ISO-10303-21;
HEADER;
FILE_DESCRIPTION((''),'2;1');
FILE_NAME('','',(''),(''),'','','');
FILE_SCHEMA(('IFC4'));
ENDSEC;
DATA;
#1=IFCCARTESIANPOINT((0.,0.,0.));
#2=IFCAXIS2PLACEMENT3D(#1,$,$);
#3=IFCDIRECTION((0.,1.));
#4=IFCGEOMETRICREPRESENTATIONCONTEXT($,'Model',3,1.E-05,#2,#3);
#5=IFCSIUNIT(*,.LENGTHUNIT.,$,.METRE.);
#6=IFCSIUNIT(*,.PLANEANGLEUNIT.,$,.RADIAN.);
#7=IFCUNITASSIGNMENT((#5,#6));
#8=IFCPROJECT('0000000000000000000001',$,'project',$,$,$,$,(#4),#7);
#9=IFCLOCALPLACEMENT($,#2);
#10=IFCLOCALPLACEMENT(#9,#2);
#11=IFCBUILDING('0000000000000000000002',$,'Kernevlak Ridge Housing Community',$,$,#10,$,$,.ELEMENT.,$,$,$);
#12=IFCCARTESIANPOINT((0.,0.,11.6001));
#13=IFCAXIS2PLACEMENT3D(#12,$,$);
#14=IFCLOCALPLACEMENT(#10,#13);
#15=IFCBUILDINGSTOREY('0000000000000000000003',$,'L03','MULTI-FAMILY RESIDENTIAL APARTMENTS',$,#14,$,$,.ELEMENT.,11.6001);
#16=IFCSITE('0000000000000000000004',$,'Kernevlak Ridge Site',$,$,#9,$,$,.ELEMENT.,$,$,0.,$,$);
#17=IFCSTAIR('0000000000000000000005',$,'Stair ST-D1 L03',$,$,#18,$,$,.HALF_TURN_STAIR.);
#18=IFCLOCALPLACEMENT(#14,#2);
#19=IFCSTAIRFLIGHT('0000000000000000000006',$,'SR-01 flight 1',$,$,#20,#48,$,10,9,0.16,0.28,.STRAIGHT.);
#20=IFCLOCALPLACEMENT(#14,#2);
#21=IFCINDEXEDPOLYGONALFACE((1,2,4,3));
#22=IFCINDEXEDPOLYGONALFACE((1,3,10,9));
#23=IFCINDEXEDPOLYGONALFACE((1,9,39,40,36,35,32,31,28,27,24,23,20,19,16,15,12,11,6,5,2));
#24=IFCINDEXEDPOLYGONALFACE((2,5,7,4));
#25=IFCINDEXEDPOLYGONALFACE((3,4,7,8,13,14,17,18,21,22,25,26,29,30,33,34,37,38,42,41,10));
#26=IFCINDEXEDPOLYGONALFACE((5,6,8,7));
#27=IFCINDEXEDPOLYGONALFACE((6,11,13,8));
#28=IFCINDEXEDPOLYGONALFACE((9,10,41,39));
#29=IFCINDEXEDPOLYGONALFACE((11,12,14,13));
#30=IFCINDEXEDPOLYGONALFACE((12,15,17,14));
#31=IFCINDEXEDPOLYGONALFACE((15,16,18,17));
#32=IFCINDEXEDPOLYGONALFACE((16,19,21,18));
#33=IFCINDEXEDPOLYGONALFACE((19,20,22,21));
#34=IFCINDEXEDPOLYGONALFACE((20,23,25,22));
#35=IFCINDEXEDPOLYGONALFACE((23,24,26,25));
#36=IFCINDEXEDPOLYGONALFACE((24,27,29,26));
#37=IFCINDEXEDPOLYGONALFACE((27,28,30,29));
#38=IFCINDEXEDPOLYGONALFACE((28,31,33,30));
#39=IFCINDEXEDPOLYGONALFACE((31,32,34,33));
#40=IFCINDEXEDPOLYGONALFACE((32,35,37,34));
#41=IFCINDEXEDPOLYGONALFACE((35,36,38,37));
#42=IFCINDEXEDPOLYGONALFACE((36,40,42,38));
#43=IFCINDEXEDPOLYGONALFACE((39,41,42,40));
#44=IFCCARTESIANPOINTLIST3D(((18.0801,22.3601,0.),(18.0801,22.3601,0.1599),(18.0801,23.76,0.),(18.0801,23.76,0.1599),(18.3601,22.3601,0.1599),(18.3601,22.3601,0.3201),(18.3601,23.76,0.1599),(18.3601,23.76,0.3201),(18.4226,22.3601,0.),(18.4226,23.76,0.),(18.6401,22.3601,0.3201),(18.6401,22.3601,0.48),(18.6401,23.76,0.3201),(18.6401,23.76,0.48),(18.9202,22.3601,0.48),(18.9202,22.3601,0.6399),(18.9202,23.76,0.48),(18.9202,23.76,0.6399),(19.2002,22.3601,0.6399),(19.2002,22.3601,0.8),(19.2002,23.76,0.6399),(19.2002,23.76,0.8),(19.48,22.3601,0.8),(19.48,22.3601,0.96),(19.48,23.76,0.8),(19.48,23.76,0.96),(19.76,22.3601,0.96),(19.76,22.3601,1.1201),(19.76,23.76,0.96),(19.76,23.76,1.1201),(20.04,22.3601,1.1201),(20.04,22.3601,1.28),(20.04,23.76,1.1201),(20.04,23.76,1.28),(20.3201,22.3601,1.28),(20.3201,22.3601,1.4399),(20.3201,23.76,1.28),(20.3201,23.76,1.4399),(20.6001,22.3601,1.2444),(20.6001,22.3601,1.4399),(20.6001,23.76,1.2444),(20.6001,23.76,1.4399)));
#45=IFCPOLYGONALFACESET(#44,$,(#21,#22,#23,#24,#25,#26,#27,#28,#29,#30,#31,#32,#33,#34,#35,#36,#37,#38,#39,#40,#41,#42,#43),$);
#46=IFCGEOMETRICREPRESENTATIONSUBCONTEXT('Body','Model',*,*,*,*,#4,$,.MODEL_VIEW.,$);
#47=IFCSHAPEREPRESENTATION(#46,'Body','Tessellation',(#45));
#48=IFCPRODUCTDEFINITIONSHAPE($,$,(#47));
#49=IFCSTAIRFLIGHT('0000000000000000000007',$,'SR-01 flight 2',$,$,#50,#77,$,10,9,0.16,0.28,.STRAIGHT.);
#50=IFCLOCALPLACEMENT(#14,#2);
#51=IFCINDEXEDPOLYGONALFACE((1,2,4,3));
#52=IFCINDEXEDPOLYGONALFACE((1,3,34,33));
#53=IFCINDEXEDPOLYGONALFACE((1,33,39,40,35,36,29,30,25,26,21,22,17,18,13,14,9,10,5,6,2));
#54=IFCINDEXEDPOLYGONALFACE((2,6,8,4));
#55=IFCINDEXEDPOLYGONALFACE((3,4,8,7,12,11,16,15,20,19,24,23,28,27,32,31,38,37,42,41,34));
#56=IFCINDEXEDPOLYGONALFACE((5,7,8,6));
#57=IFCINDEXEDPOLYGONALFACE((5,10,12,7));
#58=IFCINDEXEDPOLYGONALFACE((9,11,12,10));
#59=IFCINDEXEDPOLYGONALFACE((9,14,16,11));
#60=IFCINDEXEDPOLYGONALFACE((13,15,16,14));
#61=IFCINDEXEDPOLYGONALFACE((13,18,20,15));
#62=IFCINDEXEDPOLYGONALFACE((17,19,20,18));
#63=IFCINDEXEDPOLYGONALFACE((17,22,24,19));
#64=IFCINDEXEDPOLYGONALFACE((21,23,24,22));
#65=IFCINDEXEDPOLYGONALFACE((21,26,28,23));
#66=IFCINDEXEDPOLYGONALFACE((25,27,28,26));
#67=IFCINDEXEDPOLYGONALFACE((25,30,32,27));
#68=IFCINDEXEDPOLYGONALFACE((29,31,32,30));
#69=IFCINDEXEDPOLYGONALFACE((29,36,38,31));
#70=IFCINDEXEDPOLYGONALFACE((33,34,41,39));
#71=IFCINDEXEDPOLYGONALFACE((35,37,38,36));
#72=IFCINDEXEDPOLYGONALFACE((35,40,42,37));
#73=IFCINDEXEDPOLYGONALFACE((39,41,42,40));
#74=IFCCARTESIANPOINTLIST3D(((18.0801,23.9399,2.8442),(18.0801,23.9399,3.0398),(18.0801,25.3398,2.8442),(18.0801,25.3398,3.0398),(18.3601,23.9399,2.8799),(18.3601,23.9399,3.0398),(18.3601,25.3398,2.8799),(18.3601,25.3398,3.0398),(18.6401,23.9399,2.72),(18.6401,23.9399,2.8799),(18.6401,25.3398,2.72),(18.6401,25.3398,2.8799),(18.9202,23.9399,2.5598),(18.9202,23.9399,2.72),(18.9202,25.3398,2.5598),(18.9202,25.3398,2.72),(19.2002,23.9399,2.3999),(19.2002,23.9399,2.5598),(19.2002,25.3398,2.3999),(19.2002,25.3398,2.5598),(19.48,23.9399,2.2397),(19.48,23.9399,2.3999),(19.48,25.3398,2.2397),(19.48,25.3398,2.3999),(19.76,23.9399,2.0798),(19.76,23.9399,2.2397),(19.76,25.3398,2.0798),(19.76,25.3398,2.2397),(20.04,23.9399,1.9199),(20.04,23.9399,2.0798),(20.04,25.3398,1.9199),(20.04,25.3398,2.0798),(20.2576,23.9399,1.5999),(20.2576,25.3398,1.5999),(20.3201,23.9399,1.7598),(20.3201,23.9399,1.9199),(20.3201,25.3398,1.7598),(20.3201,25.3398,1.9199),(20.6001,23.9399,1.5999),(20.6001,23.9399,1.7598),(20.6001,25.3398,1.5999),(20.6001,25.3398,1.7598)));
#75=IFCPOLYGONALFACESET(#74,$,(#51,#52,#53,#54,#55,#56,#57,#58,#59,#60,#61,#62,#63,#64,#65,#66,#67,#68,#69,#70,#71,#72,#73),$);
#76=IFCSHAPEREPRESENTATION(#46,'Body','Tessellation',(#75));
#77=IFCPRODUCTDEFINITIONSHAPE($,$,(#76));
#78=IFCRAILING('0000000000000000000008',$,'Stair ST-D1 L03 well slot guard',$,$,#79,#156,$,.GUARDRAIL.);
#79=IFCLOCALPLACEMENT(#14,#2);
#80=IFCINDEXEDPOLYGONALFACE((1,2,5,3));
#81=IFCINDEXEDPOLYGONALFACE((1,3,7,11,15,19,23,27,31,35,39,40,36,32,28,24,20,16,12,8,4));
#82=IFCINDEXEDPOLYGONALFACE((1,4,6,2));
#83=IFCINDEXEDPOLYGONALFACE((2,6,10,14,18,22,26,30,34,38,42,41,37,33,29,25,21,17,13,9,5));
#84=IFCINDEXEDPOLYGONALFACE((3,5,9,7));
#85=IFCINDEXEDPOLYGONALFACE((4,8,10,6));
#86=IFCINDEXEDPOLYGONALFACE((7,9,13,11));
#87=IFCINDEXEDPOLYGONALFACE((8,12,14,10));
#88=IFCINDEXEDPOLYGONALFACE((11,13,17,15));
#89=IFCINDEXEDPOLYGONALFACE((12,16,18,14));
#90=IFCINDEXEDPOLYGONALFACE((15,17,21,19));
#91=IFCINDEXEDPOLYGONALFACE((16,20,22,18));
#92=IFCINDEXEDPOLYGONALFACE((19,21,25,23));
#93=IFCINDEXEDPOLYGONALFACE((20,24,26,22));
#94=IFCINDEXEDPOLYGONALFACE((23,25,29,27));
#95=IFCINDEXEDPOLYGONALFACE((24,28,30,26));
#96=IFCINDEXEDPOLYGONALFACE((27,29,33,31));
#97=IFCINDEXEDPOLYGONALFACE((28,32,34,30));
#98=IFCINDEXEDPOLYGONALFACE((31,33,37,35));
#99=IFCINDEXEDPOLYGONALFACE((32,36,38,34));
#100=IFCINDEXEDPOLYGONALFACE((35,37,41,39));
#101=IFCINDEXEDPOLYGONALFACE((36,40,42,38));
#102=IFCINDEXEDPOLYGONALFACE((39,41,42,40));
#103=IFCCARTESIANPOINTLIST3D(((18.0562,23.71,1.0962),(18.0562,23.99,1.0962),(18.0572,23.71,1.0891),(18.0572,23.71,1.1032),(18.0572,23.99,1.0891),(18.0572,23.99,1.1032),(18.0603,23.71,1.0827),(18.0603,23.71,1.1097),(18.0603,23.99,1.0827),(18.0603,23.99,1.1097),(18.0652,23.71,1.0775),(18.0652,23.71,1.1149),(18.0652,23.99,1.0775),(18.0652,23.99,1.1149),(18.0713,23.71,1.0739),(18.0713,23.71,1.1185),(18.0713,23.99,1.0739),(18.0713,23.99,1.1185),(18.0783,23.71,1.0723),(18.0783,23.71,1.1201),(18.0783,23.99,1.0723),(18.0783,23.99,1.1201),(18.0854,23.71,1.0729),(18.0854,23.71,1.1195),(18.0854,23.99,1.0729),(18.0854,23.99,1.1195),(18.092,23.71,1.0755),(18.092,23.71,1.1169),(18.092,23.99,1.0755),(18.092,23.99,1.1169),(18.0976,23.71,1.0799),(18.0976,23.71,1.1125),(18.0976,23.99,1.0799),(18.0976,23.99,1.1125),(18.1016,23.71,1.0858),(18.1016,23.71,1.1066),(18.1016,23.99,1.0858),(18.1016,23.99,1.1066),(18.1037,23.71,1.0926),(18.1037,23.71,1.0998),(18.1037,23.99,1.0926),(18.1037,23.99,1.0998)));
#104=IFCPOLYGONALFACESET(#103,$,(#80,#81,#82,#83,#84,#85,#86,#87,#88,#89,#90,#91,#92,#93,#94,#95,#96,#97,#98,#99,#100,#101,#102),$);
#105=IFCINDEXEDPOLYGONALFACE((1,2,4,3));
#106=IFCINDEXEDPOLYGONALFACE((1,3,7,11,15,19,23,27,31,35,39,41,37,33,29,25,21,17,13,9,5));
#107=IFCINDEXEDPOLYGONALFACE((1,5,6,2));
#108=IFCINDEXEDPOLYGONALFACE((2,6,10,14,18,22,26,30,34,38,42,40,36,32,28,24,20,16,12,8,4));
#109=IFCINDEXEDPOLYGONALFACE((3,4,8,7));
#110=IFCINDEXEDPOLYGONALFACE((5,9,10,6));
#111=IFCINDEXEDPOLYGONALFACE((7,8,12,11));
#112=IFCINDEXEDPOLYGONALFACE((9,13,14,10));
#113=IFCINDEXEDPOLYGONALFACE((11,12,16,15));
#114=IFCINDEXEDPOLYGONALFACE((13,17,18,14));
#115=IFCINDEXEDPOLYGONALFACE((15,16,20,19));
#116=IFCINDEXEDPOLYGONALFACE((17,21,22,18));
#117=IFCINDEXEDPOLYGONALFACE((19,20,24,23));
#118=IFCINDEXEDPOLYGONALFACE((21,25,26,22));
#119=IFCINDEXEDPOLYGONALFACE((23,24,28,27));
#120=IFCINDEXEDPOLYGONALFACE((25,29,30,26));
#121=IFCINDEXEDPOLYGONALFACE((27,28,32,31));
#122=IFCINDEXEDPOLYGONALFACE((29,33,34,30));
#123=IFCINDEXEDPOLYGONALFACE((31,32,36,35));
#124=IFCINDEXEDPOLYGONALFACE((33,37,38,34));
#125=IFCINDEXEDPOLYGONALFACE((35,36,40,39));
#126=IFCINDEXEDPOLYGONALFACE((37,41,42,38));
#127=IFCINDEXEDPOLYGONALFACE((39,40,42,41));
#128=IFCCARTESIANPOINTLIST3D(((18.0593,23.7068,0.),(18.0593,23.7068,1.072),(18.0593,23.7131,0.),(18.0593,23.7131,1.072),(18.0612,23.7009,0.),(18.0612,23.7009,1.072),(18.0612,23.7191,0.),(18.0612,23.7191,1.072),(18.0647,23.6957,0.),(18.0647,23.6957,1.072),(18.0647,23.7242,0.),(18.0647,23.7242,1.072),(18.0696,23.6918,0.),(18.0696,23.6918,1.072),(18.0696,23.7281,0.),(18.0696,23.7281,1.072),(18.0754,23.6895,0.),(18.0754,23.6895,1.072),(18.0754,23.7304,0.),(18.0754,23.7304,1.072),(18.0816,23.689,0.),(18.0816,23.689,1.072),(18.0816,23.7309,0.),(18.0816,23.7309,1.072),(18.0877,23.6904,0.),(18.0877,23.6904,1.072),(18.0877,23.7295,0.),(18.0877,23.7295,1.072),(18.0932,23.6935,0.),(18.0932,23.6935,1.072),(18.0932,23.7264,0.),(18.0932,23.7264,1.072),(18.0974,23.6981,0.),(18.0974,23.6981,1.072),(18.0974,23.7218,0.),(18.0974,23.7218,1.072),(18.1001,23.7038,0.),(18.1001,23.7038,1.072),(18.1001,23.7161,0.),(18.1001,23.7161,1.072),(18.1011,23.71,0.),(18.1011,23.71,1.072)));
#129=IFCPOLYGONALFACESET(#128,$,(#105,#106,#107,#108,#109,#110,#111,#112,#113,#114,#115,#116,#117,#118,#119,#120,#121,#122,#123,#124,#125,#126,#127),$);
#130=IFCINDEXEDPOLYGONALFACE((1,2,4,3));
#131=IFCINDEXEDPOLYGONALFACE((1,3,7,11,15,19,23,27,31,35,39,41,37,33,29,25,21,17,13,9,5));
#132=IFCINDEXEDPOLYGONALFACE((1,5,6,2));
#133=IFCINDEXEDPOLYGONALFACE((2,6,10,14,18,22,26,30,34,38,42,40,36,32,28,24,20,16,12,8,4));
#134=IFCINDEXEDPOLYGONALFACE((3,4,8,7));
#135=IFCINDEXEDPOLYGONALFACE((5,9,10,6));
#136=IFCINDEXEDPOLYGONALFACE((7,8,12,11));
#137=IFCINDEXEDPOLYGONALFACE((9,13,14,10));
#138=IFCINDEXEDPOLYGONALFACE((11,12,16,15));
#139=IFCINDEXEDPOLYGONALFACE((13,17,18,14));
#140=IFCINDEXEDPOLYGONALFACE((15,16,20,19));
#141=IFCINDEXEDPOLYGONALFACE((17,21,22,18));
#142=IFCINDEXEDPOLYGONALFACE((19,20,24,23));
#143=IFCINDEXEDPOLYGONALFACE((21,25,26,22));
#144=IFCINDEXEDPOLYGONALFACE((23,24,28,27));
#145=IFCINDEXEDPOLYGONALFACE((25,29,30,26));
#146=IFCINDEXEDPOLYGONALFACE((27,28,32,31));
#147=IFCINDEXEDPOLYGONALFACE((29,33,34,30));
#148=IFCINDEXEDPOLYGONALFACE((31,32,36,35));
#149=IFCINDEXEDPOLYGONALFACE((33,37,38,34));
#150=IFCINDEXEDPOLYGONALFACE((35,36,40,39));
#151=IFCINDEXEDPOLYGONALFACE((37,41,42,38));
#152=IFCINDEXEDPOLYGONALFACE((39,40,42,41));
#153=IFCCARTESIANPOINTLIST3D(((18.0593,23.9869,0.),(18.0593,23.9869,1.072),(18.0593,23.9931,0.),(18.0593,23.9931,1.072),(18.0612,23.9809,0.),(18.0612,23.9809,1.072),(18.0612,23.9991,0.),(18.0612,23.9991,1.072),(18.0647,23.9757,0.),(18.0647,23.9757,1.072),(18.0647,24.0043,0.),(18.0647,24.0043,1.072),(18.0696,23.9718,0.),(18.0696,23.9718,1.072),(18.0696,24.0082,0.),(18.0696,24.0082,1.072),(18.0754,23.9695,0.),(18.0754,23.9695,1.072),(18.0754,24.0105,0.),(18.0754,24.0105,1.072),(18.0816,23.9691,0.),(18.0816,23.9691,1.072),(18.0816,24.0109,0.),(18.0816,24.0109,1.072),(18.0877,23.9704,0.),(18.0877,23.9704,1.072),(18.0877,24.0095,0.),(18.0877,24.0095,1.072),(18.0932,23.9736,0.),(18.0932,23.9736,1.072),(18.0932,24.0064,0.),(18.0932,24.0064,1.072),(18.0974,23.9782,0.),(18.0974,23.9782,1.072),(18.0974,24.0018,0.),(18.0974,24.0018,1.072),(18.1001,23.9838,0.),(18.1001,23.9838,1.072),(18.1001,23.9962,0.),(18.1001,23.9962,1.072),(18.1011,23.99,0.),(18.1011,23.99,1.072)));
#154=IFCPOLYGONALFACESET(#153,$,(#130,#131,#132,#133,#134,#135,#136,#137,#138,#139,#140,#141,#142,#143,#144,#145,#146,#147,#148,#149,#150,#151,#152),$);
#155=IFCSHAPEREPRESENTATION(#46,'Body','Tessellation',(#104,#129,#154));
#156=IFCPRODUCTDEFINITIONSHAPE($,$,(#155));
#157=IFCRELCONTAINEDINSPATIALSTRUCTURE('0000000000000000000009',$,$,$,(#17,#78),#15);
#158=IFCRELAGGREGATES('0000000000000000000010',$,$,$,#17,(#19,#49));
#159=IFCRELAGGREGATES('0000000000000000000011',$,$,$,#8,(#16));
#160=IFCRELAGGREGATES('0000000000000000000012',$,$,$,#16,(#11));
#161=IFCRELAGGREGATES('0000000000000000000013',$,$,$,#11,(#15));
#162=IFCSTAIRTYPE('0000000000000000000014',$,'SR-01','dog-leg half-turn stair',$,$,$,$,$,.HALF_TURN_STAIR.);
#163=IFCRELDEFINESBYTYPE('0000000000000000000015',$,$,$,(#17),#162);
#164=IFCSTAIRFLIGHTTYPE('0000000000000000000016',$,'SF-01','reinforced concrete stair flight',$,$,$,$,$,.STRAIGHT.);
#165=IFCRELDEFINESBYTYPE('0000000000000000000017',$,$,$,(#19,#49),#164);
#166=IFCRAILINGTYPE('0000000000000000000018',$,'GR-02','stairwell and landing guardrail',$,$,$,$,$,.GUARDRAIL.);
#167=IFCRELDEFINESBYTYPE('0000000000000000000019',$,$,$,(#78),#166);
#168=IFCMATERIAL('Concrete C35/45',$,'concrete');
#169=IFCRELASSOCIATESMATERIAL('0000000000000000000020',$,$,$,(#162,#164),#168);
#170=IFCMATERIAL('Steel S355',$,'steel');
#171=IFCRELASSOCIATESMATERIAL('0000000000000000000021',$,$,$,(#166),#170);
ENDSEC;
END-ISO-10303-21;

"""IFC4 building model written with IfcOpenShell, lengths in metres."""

from ifc_helpers import new_model, si_unit, direction, frame, origin, origin_2d, place, context, subcontext, project, spatial, polyline, circle, outline, extrude, material, type_object, element, aggregate, save


model = new_model("IFC4")

# Units and contexts
model_context = context("Model", 3, precision=1e-05, world=origin(), true_north=direction((0.0, 1.0)))
body_context = subcontext(model_context, "Body", "Model", "MODEL_VIEW")
ifc_project = project(units=[si_unit("LENGTHUNIT", "METRE"), si_unit("PLANEANGLEUNIT", "RADIAN")], contexts=[model_context])

# Site, building, storey
site_placement = place(None, origin())
site = spatial("IfcSite", under=ifc_project, at=site_placement, Name="Kernevlak Ridge Site", CompositionType="ELEMENT", RefElevation=0.0)
building_placement = place(site_placement, origin())
building = spatial("IfcBuilding", under=site, at=building_placement, Name="Kernevlak Ridge Housing Community", CompositionType="ELEMENT")
storey_placement = place(building_placement, frame((0.0, 0.0, 11.6001)))
storey = spatial("IfcBuildingStorey", under=building, at=storey_placement, Name="L03", Description="MULTI-FAMILY RESIDENTIAL APARTMENTS", CompositionType="ELEMENT", Elevation=11.6001)

# Shared definitions
ifc_material_1 = material(Name="Concrete C35/45", Category="concrete")

# Stair, stair flights
stair_type = type_object("IfcStairType", Name="SR-01", Description="dog-leg half-turn stair", PredefinedType="HALF_TURN_STAIR", material=ifc_material_1)
stair_placement = place(storey_placement, origin())
stair = element("IfcStair", 1, at=stair_placement, inside=storey, type_object=stair_type, Name="Stair ST-D1 L03", PredefinedType="HALF_TURN_STAIR")
stair_flight_type = type_object("IfcStairFlightType", Name="SF-01", Description="reinforced concrete stair flight", PredefinedType="STRAIGHT", material=ifc_material_1)
stair_flight_1_placement = place(storey_placement, frame((18.0801, 23.0601, 0.0), z_axis=(0.0, 0.0, 1.0), x_axis=(1.0, 0.0, 0.0)))
stair_flight_1 = element("IfcStairFlight", 2, at=stair_flight_1_placement, type_object=stair_flight_type, Name="SR-01 flight 1", NumberOfRisers=10, NumberOfTreads=9, PredefinedType="STRAIGHT", RiserHeight=0.16, TreadLength=0.28, context=body_context, shape_type="SweptSolid", body=[
    extrude(outline(polyline([(0.0, 0.0), (0.0, 0.1599), (0.28, 0.1599), (0.28, 0.3201), (0.5601, 0.3201), (0.5601, 0.48), (0.8401, 0.48), (0.8401, 0.6399), (1.1201, 0.6399), (1.1201, 0.8), (1.3999, 0.8), (1.3999, 0.96), (1.6799, 0.96), (1.6799, 1.1201), (1.96, 1.1201), (1.96, 1.28), (2.24, 1.28), (2.24, 1.4399), (2.52, 1.4399), (2.52, 1.6001), (2.52, 1.2444), (0.3425, 0.0), (0.0, 0.0)])), frame((0.0, 0.7, 0.0), z_axis=(0.0, -1.0, 0.0), x_axis=(1.0, 0.0, 0.0)), (0.0, 0.0, 1.0), 1.3999),
])
stair_flight_2_placement = place(storey_placement, frame((20.6001, 24.6399, 1.5999), z_axis=(0.0, 0.0, 1.0), x_axis=(-1.0, 0.0, 0.0)))
stair_flight_2 = element("IfcStairFlight", 3, at=stair_flight_2_placement, type_object=stair_flight_type, Name="SR-01 flight 2", NumberOfRisers=10, NumberOfTreads=9, PredefinedType="STRAIGHT", RiserHeight=0.16, TreadLength=0.28, context=body_context, shape_type="SweptSolid", body=[
    extrude(outline(polyline([(0.0, 0.0), (0.0, 0.1599), (0.28, 0.1599), (0.28, 0.3201), (0.5601, 0.3201), (0.5601, 0.48), (0.8401, 0.48), (0.8401, 0.6399), (1.1201, 0.6399), (1.1201, 0.8), (1.3999, 0.8), (1.3999, 0.96), (1.6799, 0.96), (1.6799, 1.1201), (1.96, 1.1201), (1.96, 1.28), (2.24, 1.28), (2.24, 1.4399), (2.52, 1.4399), (2.52, 1.6001), (2.52, 1.2444), (0.3425, 0.0), (0.0, 0.0)])), frame((0.0, 0.7, 0.0), z_axis=(0.0, -1.0, 0.0), x_axis=(1.0, 0.0, 0.0)), (0.0, 0.0, 1.0), 1.3999),
])
aggregate(stair, [stair_flight_1, stair_flight_2])

# Railing
ifc_material_2 = material(Name="Steel S355", Category="steel")
railing_type_1 = type_object("IfcRailingType", Name="GR-02", Description="stairwell and landing guardrail", PredefinedType="GUARDRAIL", material=ifc_material_2)
railing_1_placement = place(storey_placement, frame((18.0801, 23.71, 0.0)))
element("IfcRailing", 4, at=railing_1_placement, inside=storey, type_object=railing_type_1, Name="Stair ST-D1 L03 well slot guard", PredefinedType="GUARDRAIL", context=body_context, shape_type="SweptSolid", body=[
    extrude(circle(Radius=0.0239, at=origin_2d()), frame((0.0, 0.0, 1.0962), z_axis=(0.0, 1.0, 0.0), x_axis=(-1.0, 0.0, 0.0)), (0.0, 0.0, 1.0), 0.28),
    extrude(circle(Radius=0.021, at=origin_2d()), origin(), (0.0, 0.0, 1.0), 1.072),
    extrude(circle(Radius=0.021, at=origin_2d()), frame((0.0, 0.28, 0.0)), (0.0, 0.0, 1.0), 1.072),
])

save(model, "model.ifc")
